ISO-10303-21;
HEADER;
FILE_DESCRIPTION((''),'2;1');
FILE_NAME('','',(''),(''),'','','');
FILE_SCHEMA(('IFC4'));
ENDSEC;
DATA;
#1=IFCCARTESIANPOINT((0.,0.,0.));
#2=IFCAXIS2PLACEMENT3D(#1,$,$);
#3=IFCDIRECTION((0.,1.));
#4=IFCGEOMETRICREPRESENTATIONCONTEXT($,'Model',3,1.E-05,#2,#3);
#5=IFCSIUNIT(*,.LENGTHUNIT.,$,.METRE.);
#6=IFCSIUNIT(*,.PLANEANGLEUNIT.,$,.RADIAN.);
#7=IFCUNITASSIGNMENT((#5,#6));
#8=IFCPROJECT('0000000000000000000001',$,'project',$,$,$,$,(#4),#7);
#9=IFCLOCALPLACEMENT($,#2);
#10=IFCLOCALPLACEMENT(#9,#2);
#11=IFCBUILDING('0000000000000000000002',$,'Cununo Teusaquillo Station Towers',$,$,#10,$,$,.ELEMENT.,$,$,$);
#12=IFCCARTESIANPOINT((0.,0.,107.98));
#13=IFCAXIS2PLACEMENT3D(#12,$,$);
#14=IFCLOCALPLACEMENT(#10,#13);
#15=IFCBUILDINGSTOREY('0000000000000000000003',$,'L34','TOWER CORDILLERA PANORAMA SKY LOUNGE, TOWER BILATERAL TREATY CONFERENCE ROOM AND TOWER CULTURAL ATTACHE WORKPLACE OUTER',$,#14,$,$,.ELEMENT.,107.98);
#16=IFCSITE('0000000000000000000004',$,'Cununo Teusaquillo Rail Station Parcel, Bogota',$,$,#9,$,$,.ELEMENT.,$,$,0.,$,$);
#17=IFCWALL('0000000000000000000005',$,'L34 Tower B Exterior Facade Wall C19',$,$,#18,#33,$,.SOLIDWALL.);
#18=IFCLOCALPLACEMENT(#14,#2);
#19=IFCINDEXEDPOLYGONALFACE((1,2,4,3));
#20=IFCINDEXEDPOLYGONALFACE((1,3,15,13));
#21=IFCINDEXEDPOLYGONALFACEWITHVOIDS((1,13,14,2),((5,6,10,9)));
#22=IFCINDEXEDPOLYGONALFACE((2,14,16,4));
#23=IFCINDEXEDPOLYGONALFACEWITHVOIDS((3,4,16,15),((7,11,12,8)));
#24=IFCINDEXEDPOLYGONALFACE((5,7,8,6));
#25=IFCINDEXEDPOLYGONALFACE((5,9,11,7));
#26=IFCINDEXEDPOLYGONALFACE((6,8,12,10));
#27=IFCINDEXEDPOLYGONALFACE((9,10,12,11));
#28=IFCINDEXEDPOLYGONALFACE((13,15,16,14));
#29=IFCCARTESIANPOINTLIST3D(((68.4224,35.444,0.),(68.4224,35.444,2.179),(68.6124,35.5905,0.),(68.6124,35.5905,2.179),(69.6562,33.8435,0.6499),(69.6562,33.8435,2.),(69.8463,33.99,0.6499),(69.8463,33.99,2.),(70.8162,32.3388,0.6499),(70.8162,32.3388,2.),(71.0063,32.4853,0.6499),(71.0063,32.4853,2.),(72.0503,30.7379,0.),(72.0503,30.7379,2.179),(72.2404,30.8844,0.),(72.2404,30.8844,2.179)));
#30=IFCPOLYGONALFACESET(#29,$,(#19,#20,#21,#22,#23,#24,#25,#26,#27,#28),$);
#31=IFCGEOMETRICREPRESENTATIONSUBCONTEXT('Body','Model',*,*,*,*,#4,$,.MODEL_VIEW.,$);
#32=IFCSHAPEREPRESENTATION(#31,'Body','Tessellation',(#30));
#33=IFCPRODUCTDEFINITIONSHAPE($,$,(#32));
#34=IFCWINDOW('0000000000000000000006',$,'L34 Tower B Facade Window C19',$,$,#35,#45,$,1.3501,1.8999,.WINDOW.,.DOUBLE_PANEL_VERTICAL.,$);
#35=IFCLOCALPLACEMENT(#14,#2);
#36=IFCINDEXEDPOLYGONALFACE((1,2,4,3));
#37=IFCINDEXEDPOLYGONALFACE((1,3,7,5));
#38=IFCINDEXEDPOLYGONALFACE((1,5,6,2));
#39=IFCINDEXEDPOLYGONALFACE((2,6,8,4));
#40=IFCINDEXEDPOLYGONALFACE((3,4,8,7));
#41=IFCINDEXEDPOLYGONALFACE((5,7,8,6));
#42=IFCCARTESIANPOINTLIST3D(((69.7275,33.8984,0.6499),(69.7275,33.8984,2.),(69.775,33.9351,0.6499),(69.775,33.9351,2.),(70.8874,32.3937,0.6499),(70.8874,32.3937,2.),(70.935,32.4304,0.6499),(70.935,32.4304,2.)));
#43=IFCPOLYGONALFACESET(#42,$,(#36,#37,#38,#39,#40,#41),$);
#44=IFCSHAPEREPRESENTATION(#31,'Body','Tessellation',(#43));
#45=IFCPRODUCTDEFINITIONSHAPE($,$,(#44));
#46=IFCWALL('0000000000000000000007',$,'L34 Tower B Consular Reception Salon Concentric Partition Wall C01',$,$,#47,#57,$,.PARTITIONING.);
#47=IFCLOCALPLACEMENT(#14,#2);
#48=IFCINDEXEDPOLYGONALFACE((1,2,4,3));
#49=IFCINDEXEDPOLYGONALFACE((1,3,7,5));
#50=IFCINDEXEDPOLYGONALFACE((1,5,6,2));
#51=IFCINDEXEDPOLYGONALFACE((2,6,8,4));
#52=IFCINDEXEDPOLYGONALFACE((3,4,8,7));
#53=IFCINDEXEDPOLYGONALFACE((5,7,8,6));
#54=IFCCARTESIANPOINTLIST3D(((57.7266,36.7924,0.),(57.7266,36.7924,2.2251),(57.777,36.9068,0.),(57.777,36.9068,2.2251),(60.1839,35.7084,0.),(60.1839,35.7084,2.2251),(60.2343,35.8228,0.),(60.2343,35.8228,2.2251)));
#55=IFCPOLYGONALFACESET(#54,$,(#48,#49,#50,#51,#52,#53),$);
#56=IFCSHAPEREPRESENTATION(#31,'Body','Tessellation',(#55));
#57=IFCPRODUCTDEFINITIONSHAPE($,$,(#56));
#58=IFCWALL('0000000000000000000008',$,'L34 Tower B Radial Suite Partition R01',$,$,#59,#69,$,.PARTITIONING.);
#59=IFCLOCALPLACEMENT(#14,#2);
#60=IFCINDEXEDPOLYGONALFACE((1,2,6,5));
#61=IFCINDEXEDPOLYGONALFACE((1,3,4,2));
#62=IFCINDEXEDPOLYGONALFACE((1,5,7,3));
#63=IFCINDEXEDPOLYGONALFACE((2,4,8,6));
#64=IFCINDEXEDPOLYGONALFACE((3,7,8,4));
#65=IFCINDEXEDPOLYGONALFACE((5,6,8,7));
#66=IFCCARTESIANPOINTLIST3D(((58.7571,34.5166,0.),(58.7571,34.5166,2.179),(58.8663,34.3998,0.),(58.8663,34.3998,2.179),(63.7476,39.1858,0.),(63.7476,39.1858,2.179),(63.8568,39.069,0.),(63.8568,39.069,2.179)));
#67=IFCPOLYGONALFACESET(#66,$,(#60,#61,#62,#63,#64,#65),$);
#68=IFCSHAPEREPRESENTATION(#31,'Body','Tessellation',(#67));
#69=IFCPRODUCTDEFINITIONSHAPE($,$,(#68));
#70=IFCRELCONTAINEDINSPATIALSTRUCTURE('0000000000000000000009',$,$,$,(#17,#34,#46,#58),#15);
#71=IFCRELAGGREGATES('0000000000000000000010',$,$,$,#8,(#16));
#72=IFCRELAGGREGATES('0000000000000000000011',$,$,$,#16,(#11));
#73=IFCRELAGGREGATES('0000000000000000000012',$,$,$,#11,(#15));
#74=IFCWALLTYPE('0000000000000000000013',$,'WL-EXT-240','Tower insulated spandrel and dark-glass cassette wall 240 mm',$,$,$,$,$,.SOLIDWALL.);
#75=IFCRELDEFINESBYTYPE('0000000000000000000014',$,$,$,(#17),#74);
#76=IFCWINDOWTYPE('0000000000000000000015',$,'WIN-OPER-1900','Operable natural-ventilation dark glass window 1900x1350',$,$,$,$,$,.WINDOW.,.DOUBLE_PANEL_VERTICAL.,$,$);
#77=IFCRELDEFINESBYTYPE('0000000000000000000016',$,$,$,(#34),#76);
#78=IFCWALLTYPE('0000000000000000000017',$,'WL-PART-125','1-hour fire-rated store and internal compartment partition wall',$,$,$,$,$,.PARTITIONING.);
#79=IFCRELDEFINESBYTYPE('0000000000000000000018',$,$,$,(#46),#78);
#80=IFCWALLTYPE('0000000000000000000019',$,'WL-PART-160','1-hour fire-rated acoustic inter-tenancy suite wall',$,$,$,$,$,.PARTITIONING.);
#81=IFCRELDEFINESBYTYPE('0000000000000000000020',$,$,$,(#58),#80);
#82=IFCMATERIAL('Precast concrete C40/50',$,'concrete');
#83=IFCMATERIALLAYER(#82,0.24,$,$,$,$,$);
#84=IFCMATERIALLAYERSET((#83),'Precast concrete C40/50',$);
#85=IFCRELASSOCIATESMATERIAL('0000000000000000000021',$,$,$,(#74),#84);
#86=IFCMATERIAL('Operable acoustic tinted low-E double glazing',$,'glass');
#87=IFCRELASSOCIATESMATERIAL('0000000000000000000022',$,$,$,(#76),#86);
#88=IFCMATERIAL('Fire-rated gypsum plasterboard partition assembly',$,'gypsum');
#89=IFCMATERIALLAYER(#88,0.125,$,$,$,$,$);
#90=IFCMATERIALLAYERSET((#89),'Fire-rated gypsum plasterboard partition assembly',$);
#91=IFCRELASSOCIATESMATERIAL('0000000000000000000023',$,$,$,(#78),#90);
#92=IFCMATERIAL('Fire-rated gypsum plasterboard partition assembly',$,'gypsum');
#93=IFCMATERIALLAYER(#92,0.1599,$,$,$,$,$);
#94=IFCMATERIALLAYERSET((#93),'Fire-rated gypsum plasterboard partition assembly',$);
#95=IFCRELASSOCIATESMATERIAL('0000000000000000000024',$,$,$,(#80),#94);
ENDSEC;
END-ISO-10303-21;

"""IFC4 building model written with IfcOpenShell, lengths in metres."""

from ifc_helpers import new_model, si_unit, direction, frame, frame_2d, origin, place, context, subcontext, project, spatial, rectangle, extrude, source, transform, mapped, material, layer, layer_set, type_object, element, fill, save


model = new_model("IFC4")

# Units and contexts
model_context = context("Model", 3, precision=1e-05, world=origin(), true_north=direction((0.0, 1.0)))
body_context = subcontext(model_context, "Body", "Model", "MODEL_VIEW")
ifc_project = project(units=[si_unit("LENGTHUNIT", "METRE"), si_unit("PLANEANGLEUNIT", "RADIAN")], contexts=[model_context])

# Site, building, storey
site_placement = place(None, origin())
site = spatial("IfcSite", under=ifc_project, at=site_placement, Name="Cununo Teusaquillo Rail Station Parcel, Bogota", CompositionType="ELEMENT", RefElevation=0.0)
building_placement = place(site_placement, origin())
building = spatial("IfcBuilding", under=site, at=building_placement, Name="Cununo Teusaquillo Station Towers", CompositionType="ELEMENT")
storey_placement = place(building_placement, frame((0.0, 0.0, 107.98)))
storey = spatial("IfcBuildingStorey", under=building, at=storey_placement, Name="L34", Description="TOWER CORDILLERA PANORAMA SKY LOUNGE, TOWER BILATERAL TREATY CONFERENCE ROOM AND TOWER CULTURAL ATTACHE WORKPLACE OUTER", CompositionType="ELEMENT", Elevation=107.98)

# Shared definitions
ifc_material_1 = material(Name="Precast concrete C40/50", Category="concrete")
ifc_layer_1 = layer(ifc_material_1, 0.24)
ifc_layer_set_1 = layer_set([ifc_layer_1], Name="Precast concrete C40/50")
wall_type_1 = type_object("IfcWallType", Name="WL-EXT-240", Description="Tower insulated spandrel and dark-glass cassette wall 240 mm", PredefinedType="SOLIDWALL", material=ifc_layer_set_1)

# Wall, opening, window
wall_1_placement = place(storey_placement, frame((68.5173, 35.5173, 0.0), z_axis=(0.0, 0.0, 1.0), x_axis=(0.610544, -0.791982, 0.0)))
wall_1 = element("IfcWall", 1, at=wall_1_placement, inside=storey, type_object=wall_type_1, Name="L34 Tower B Exterior Facade Wall C19", PredefinedType="SOLIDWALL", context=body_context, shape_type="SweptSolid", body=[
    extrude(rectangle(XDim=5.9421, YDim=0.24, at=frame_2d((2.9712, 0.0))), origin(), (0.0, 0.0, 1.0), 2.179),
])
shared_shape_1 = source(origin(), body_context, "Body", "SweptSolid", [
    extrude(rectangle(XDim=1.8999, YDim=1.3501, at=frame_2d((0.95, 0.675))), frame((0.0, 0.1299, 0.0), z_axis=(0.0, -1.0, 0.0), x_axis=(1.0, 0.0, 0.0)), (0.0, 0.0, 1.0), 0.26),
])
opening_placement = place(wall_1_placement, frame((2.021, 0.0, 0.6499)))
opening = element("IfcOpeningElement", 2, at=opening_placement, cuts=wall_1, PredefinedType="OPENING", context=body_context, shape_type="MappedRepresentation", body=[
    mapped(shared_shape_1, transform((0.0, 0.0, 0.0), x_axis=(1.0, 0.0, 0.0), y_axis=(0.0, 1.0, 0.0), z_axis=(0.0, 0.0, 1.0), scale=1.0)),
])
ifc_material_2 = material(Name="Operable acoustic tinted low-E double glazing", Category="glass")
window_type = type_object("IfcWindowType", Name="WIN-OPER-1900", Description="Operable natural-ventilation dark glass window 1900x1350", PartitioningType="DOUBLE_PANEL_VERTICAL", PredefinedType="WINDOW", material=ifc_material_2)
shared_shape_2 = source(origin(), body_context, "Body", "SweptSolid", [
    extrude(rectangle(XDim=1.8999, YDim=1.3501, at=frame_2d((0.95, 0.675))), frame((0.0, 0.03, 0.0), z_axis=(0.0, -1.0, 0.0), x_axis=(1.0, 0.0, 0.0)), (0.0, 0.0, 1.0), 0.0601),
])
window_placement = place(opening_placement, origin())
window = element("IfcWindow", 3, at=window_placement, inside=storey, type_object=window_type, Name="L34 Tower B Facade Window C19", OverallHeight=1.3501, OverallWidth=1.8999, PartitioningType="DOUBLE_PANEL_VERTICAL", PredefinedType="WINDOW", context=body_context, shape_type="MappedRepresentation", body=[
    mapped(shared_shape_2, transform((0.0, 0.0, 0.0), x_axis=(1.0, 0.0, 0.0), y_axis=(0.0, 1.0, 0.0), z_axis=(0.0, 0.0, 1.0), scale=1.0)),
])
fill(opening, window)

# Walls
ifc_material_3 = material(Name="Fire-rated gypsum plasterboard partition assembly", Category="gypsum")
ifc_layer_2 = layer(ifc_material_3, 0.125)
ifc_layer_set_2 = layer_set([ifc_layer_2], Name="Fire-rated gypsum plasterboard partition assembly")
wall_type_2 = type_object("IfcWallType", Name="WL-PART-125", Description="1-hour fire-rated store and internal compartment partition wall", PredefinedType="PARTITIONING", material=ifc_layer_set_2)
wall_2_placement = place(storey_placement, frame((60.209, 35.7656, 0.0), z_axis=(0.0, 0.0, 1.0), x_axis=(-0.914933, 0.403607, 0.0)))
element("IfcWall", 4, at=wall_2_placement, inside=storey, type_object=wall_type_2, Name="L34 Tower B Consular Reception Salon Concentric Partition Wall C01", PredefinedType="PARTITIONING", context=body_context, shape_type="SweptSolid", body=[
    extrude(rectangle(XDim=2.6858, YDim=0.125, at=frame_2d((1.3428, 0.0))), origin(), (0.0, 0.0, 1.0), 2.2251),
])
ifc_material_4 = material(Name="Fire-rated gypsum plasterboard partition assembly", Category="gypsum")
ifc_layer_3 = layer(ifc_material_4, 0.1599)
ifc_layer_set_3 = layer_set([ifc_layer_3], Name="Fire-rated gypsum plasterboard partition assembly")
wall_type_3 = type_object("IfcWallType", Name="WL-PART-160", Description="1-hour fire-rated acoustic inter-tenancy suite wall", PredefinedType="PARTITIONING", material=ifc_layer_set_3)
wall_3_placement = place(storey_placement, frame((58.8118, 34.4583, 0.0), z_axis=(0.0, 0.0, 1.0), x_axis=(0.730222, 0.68321, 0.0)))
element("IfcWall", 5, at=wall_3_placement, inside=storey, type_object=wall_type_3, Name="L34 Tower B Radial Suite Partition R01", PredefinedType="PARTITIONING", context=body_context, shape_type="SweptSolid", body=[
    extrude(rectangle(XDim=6.8342, YDim=0.1599, at=frame_2d((3.417, 0.0))), origin(), (0.0, 0.0, 1.0), 2.179),
])

save(model, "model.ifc")
